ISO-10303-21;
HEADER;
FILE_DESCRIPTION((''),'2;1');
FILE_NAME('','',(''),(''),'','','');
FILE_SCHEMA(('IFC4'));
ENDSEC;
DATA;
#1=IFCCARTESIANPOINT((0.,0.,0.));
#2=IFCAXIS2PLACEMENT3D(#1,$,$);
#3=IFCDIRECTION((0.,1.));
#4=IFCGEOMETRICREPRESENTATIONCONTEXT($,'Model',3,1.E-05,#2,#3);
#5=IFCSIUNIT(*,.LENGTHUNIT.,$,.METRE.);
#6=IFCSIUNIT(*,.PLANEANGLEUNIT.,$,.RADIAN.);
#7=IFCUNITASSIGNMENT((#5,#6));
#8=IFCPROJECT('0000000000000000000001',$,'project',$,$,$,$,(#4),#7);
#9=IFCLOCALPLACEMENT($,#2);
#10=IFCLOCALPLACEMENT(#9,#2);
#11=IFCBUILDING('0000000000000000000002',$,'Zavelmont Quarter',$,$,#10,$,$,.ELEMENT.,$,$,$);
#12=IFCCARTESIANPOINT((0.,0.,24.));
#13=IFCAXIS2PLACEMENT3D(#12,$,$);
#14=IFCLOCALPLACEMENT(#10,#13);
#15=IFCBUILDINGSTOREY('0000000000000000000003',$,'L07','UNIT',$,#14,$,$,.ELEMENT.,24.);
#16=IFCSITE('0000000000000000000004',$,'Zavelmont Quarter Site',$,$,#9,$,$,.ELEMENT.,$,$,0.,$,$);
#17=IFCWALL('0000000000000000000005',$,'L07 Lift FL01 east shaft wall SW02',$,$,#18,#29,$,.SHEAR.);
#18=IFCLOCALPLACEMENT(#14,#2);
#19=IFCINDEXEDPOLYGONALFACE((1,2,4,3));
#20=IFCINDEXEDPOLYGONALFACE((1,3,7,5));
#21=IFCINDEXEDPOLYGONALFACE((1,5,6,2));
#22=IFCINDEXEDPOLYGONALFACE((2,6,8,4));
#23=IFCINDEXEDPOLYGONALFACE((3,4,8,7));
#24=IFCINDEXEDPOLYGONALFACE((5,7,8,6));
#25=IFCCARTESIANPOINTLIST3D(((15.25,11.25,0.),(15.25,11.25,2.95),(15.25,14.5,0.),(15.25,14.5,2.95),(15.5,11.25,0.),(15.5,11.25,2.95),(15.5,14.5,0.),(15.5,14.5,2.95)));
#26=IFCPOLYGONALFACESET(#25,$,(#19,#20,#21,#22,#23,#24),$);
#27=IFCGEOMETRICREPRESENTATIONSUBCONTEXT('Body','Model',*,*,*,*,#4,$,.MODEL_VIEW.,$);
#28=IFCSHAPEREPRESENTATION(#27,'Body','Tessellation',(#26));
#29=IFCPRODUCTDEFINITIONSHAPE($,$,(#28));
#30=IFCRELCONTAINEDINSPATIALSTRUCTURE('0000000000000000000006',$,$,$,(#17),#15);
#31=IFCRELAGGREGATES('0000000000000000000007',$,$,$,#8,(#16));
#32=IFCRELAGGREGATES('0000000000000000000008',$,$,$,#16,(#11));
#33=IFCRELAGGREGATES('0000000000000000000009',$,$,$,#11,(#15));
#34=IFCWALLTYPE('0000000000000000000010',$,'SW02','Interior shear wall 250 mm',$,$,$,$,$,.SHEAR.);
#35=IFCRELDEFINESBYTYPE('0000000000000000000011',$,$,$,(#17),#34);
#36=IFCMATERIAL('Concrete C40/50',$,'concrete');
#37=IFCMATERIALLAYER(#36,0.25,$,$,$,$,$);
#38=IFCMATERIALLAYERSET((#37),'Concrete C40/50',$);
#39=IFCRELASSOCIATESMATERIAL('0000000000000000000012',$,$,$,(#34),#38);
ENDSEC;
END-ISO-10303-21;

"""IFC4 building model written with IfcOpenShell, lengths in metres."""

from ifc_helpers import new_model, si_unit, direction, frame, frame_2d, origin, place, context, subcontext, project, spatial, rectangle, extrude, material, layer, layer_set, type_object, element, save


model = new_model("IFC4")

# Units and contexts
model_context = context("Model", 3, precision=1e-05, world=origin(), true_north=direction((0.0, 1.0)))
body_context = subcontext(model_context, "Body", "Model", "MODEL_VIEW")
ifc_project = project(units=[si_unit("LENGTHUNIT", "METRE"), si_unit("PLANEANGLEUNIT", "RADIAN")], contexts=[model_context])

# Site, building, storey
site_placement = place(None, origin())
site = spatial("IfcSite", under=ifc_project, at=site_placement, Name="Zavelmont Quarter Site", CompositionType="ELEMENT", RefElevation=0.0)
building_placement = place(site_placement, origin())
building = spatial("IfcBuilding", under=site, at=building_placement, Name="Zavelmont Quarter", CompositionType="ELEMENT")
storey_placement = place(building_placement, frame((0.0, 0.0, 24.0)))
storey = spatial("IfcBuildingStorey", under=building, at=storey_placement, Name="L07", Description="UNIT", CompositionType="ELEMENT", Elevation=24.0)

# Shared definitions
ifc_material_1 = material(Name="Concrete C40/50", Category="concrete")

# Wall
ifc_layer_1 = layer(ifc_material_1, 0.25)
ifc_layer_set_1 = layer_set([ifc_layer_1], Name="Concrete C40/50")
wall_type_1 = type_object("IfcWallType", Name="SW02", Description="Interior shear wall 250 mm", PredefinedType="SHEAR", material=ifc_layer_set_1)
for number, where, z_axis, x_axis, name in (
    (1, (15.375, 11.25, 0.0), (0.0, 0.0, 1.0), (0.0, 1.0, 0.0), "L07 Lift FL01 east shaft wall SW02"),
):
    element("IfcWall", number, at=place(storey_placement, frame(where, z_axis=z_axis, x_axis=x_axis)), inside=storey, type_object=wall_type_1, Name=name, PredefinedType="SHEAR", context=body_context, shape_type="SweptSolid", body=[
        extrude(rectangle(XDim=3.25, YDim=0.25, at=frame_2d((1.625, 0.0))), origin(), (0.0, 0.0, 1.0), 2.95),
    ])

save(model, "model.ifc")
